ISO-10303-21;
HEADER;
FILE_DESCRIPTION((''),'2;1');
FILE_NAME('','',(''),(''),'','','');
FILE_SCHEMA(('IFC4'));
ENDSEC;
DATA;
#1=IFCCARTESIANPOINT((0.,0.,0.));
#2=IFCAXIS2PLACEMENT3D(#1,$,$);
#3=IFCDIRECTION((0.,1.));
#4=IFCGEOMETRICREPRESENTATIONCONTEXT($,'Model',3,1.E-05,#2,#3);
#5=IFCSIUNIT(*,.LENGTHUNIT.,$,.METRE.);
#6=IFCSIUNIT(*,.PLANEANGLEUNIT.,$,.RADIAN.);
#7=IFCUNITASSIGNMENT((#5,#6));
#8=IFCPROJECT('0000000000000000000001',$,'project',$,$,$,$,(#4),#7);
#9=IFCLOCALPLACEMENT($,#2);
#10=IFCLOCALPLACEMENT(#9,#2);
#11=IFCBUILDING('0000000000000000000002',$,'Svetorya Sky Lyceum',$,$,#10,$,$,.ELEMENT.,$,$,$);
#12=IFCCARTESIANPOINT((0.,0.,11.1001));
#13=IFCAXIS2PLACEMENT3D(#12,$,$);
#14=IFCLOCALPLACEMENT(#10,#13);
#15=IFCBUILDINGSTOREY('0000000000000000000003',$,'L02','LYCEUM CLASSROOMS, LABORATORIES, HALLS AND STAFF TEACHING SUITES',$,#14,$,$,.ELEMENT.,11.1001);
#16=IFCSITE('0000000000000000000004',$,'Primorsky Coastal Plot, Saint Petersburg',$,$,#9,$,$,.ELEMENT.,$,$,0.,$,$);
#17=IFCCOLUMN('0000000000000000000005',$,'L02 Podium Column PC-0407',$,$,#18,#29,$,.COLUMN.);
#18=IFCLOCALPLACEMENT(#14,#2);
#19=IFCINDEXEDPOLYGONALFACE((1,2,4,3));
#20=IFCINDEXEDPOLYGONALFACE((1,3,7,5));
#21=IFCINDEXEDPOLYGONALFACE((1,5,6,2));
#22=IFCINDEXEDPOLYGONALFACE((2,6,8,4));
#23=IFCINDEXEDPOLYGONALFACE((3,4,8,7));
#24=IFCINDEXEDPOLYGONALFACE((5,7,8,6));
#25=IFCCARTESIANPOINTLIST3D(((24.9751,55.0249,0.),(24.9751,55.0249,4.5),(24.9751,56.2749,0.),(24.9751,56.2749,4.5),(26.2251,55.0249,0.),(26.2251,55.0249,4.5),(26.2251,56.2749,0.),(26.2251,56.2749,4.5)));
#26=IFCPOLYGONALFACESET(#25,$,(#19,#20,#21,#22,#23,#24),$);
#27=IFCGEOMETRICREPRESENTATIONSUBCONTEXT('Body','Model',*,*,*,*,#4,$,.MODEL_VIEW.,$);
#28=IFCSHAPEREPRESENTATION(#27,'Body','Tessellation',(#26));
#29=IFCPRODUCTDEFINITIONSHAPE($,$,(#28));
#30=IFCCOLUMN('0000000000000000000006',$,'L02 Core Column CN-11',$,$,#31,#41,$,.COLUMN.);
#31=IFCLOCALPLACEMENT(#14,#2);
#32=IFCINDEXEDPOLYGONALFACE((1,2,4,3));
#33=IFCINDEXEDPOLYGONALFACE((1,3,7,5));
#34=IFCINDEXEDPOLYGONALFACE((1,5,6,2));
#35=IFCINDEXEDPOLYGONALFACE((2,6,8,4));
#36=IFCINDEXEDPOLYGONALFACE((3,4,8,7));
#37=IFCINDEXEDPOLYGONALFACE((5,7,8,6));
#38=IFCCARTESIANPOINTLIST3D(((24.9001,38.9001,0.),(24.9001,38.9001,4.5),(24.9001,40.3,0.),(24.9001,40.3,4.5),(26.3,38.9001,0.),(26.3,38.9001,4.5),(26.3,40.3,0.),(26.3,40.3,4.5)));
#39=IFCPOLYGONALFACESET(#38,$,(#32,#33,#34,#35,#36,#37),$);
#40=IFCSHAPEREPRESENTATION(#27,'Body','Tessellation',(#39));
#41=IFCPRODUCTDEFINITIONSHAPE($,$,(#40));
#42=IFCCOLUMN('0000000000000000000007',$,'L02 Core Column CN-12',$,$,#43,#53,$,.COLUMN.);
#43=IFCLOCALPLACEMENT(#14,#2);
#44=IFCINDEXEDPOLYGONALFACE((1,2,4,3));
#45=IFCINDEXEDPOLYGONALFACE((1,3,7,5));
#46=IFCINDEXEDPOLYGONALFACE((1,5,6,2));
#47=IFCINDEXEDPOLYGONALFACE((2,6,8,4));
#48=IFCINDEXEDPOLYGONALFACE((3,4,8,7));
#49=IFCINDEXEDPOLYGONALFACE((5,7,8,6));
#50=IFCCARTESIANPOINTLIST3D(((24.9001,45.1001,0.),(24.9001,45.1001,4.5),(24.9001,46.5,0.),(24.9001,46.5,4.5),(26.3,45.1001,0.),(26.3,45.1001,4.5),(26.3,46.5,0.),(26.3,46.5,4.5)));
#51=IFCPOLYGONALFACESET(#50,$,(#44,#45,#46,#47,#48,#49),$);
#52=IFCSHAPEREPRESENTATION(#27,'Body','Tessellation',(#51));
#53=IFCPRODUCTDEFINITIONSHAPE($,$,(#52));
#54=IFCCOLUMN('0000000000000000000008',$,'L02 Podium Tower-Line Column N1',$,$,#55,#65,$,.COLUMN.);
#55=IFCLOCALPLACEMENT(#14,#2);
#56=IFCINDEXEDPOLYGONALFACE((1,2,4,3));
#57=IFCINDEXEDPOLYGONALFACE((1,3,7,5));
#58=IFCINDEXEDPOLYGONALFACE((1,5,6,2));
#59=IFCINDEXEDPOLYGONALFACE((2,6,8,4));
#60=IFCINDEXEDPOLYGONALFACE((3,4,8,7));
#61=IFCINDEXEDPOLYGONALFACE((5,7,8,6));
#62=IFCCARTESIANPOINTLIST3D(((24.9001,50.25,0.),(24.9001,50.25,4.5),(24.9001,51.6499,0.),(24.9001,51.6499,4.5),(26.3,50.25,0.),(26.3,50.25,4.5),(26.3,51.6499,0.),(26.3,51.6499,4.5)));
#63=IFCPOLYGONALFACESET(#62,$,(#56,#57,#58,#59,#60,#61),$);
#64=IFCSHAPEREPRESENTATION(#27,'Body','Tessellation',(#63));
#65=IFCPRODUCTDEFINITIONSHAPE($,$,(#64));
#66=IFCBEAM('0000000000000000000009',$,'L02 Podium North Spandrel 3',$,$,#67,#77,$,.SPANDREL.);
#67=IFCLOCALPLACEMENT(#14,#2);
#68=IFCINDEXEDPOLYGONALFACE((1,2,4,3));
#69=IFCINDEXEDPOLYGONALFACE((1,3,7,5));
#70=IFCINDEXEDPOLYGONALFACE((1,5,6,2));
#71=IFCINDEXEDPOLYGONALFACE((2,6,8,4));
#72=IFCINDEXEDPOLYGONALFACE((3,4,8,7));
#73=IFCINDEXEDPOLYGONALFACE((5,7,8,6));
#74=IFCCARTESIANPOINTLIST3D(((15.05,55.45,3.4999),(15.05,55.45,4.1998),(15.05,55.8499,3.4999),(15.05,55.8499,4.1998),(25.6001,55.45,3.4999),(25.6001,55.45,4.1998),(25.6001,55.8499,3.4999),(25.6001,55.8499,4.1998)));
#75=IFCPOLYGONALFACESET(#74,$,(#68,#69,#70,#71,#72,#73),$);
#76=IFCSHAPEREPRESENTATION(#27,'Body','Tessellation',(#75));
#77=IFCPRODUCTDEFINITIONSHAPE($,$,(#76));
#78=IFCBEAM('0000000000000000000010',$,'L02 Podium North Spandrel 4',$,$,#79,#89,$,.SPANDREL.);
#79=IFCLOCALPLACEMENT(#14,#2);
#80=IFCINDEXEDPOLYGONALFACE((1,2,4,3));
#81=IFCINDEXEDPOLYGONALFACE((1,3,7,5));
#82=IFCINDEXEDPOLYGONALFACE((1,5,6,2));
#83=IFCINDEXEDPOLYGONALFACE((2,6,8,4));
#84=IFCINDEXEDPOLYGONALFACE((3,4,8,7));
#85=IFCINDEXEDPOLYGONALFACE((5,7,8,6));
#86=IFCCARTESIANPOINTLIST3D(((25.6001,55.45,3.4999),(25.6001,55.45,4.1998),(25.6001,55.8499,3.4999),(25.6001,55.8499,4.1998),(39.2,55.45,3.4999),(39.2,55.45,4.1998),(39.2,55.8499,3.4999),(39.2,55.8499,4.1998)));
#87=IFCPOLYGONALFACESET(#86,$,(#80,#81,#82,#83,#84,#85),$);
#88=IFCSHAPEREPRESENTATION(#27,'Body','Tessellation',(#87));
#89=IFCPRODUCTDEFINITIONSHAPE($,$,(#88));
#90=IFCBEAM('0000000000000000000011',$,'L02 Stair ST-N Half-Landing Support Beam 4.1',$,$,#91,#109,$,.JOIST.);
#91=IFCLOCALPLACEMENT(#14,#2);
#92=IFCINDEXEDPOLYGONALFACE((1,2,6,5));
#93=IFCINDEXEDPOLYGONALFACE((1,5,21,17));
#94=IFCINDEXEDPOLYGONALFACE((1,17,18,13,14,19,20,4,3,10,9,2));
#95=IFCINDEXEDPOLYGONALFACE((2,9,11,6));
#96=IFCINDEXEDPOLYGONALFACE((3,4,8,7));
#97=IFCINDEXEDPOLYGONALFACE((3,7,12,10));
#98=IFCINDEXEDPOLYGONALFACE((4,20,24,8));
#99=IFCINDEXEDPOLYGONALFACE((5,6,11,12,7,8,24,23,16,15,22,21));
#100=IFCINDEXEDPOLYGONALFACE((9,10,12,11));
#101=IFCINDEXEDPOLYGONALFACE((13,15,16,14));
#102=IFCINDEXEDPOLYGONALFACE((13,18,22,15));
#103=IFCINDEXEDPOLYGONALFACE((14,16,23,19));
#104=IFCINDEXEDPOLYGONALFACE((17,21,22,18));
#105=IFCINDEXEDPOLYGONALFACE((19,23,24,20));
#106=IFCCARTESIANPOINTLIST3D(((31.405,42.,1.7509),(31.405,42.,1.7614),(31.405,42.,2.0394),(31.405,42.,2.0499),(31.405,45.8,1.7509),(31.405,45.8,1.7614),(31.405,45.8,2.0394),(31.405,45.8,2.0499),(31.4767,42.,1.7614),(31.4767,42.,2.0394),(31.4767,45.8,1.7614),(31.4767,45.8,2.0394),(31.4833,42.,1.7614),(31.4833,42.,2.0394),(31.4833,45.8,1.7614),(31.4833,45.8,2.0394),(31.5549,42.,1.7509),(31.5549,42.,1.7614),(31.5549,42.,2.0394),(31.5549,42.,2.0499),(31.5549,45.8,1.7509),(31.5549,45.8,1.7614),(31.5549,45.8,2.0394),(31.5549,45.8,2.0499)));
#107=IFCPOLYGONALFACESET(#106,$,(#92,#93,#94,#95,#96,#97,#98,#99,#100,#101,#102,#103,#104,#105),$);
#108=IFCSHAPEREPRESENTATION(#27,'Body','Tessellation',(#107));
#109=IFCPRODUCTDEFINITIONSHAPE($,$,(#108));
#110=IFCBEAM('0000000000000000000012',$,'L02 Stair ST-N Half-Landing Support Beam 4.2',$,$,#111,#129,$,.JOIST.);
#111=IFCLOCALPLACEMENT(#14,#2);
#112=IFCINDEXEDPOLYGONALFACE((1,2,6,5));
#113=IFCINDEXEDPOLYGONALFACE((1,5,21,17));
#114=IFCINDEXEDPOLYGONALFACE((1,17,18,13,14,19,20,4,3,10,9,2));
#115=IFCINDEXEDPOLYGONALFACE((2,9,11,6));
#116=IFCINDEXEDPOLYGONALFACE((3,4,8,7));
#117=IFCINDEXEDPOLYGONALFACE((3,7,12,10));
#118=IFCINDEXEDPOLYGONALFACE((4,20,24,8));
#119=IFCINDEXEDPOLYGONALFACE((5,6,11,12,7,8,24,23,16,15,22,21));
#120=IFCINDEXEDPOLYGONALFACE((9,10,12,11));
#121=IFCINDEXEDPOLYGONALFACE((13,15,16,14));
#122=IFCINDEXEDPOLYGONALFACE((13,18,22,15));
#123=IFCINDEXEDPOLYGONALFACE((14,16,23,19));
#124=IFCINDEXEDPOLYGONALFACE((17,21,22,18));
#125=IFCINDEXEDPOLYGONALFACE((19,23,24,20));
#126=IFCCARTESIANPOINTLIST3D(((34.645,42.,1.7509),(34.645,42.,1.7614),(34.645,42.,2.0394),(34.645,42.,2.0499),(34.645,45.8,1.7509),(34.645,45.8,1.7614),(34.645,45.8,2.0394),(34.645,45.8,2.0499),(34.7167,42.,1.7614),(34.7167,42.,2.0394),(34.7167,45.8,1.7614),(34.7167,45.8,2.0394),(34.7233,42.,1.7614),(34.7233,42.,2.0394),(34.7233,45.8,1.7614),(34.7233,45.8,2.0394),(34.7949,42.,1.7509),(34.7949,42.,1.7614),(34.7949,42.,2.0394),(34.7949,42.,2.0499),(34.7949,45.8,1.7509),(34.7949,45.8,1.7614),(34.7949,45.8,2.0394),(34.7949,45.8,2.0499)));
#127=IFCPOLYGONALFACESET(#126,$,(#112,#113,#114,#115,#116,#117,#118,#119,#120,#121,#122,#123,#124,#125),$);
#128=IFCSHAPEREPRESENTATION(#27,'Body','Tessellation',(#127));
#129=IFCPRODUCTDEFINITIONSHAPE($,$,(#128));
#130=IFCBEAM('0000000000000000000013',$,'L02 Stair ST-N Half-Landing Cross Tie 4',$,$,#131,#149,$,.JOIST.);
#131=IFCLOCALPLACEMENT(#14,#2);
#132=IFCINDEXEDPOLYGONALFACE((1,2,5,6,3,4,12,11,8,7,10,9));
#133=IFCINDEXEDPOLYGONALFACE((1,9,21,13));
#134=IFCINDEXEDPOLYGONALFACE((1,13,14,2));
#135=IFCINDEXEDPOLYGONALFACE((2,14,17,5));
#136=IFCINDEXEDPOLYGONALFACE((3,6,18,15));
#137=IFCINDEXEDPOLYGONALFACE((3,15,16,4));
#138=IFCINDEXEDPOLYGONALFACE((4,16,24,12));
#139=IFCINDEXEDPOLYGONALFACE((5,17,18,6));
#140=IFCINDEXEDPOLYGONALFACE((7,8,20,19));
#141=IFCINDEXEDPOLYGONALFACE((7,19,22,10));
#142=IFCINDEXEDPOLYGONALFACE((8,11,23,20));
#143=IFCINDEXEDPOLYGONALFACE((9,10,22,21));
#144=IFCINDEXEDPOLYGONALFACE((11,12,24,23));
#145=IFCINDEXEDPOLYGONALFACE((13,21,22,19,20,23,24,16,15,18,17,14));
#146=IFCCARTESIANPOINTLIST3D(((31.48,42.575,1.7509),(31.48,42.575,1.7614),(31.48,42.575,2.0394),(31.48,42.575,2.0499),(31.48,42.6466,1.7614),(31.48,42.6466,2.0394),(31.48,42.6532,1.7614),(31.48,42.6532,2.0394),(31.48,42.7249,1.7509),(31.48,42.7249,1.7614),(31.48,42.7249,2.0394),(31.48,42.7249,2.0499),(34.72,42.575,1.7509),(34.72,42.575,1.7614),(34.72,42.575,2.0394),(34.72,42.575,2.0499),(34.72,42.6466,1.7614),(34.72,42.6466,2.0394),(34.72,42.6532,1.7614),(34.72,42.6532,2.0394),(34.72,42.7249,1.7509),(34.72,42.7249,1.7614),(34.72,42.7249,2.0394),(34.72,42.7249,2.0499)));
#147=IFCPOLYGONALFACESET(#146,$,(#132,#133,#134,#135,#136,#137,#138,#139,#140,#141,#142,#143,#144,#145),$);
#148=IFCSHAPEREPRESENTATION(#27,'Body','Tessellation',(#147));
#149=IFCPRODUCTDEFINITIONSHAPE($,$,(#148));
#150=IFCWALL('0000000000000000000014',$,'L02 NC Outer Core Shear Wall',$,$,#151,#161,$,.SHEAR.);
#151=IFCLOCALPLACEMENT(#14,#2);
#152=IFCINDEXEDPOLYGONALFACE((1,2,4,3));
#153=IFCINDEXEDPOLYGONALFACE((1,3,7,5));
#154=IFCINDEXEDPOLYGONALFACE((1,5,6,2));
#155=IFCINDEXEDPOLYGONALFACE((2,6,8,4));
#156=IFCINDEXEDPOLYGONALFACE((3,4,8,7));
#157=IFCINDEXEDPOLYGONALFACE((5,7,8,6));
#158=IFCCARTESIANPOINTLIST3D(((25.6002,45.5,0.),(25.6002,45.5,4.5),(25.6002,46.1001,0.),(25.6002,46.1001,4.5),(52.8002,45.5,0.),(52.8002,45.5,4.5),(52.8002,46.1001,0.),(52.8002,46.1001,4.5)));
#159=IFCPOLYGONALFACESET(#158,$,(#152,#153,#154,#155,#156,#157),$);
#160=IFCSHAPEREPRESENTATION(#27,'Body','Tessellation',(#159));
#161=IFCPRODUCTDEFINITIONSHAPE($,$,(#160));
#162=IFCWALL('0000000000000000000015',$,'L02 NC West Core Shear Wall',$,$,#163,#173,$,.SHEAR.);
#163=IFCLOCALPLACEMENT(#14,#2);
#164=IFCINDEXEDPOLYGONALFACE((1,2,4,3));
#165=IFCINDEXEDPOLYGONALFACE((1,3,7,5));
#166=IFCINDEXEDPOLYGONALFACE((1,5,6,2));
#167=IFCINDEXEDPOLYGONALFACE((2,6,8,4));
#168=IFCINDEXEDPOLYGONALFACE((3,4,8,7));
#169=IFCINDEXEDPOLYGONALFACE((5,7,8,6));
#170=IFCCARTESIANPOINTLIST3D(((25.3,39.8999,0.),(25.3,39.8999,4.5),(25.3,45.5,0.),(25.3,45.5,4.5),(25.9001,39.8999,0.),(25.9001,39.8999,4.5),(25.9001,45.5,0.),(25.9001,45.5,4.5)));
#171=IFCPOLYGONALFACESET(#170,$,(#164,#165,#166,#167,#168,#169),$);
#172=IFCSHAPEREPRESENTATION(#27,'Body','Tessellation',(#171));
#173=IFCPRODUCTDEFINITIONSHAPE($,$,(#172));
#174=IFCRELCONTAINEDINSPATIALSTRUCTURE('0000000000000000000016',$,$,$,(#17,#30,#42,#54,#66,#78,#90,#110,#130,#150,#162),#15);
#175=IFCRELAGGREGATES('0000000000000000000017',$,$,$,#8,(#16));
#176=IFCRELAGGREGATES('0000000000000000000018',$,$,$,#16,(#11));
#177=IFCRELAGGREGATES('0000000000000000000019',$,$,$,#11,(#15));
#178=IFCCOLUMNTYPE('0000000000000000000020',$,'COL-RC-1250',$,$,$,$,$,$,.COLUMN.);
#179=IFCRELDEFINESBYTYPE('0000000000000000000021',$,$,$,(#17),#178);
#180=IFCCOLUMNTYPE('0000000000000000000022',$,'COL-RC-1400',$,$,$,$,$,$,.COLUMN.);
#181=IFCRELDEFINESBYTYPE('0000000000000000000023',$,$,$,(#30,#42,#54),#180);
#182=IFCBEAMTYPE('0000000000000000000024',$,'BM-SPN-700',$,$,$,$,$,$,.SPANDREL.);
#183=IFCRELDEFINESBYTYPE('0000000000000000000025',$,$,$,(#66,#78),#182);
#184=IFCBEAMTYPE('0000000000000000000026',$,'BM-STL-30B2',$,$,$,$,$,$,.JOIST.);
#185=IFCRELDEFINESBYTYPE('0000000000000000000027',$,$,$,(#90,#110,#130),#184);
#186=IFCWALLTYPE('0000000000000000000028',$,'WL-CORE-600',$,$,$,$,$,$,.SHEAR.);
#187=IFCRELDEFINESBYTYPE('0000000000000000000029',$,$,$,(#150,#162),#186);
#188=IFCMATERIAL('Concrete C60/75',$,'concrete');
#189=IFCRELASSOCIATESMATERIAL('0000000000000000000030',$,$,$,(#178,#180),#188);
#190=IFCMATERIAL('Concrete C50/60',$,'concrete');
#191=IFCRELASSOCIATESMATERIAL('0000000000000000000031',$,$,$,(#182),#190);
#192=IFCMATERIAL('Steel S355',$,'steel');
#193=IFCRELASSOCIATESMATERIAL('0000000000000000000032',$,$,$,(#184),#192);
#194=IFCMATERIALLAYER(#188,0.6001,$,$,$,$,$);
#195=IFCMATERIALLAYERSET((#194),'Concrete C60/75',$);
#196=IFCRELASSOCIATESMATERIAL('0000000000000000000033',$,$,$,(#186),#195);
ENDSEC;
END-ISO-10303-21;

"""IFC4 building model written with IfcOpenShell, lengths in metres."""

from ifc_helpers import new_model, si_unit, direction, frame, frame_2d, origin, origin_2d, place, context, subcontext, project, spatial, rectangle, i_section, extrude, material, layer, layer_set, material_profile, profile_set, type_object, element, save


model = new_model("IFC4")

# Units and contexts
model_context = context("Model", 3, precision=1e-05, world=origin(), true_north=direction((0.0, 1.0)))
body_context = subcontext(model_context, "Body", "Model", "MODEL_VIEW")
ifc_project = project(units=[si_unit("LENGTHUNIT", "METRE"), si_unit("PLANEANGLEUNIT", "RADIAN")], contexts=[model_context])

# Site, building, storey
site_placement = place(None, origin())
site = spatial("IfcSite", under=ifc_project, at=site_placement, Name="Primorsky Coastal Plot, Saint Petersburg", CompositionType="ELEMENT", RefElevation=0.0)
building_placement = place(site_placement, origin())
building = spatial("IfcBuilding", under=site, at=building_placement, Name="Svetorya Sky Lyceum", CompositionType="ELEMENT")
storey_placement = place(building_placement, frame((0.0, 0.0, 11.1001)))
storey = spatial("IfcBuildingStorey", under=building, at=storey_placement, Name="L02", Description="LYCEUM CLASSROOMS, LABORATORIES, HALLS AND STAFF TEACHING SUITES", CompositionType="ELEMENT", Elevation=11.1001)

# Columns
ifc_material_1 = material(Name="Concrete C60/75", Category="concrete")
ifc_material_profile_1 = material_profile(ifc_material_1, rectangle(XDim=1.25, YDim=1.25, at=origin_2d()), Name="RC COL 1250x1250")
ifc_profile_set_1 = profile_set([ifc_material_profile_1], Name="Concrete C60/75")
column_type_1 = type_object("IfcColumnType", Name="COL-RC-1250", PredefinedType="COLUMN", material=ifc_profile_set_1)
column_placement = place(storey_placement, frame((25.6001, 55.6499, 0.0), z_axis=(0.0, 0.0, 1.0), x_axis=(1.0, 0.0, 0.0)))
element("IfcColumn", 1, at=column_placement, inside=storey, type_object=column_type_1, Name="L02 Podium Column PC-0407", PredefinedType="COLUMN", context=body_context, shape_type="SweptSolid", body=[
    extrude(rectangle(XDim=1.25, YDim=1.25, at=origin_2d()), origin(), (0.0, 0.0, 1.0), 4.5),
])
ifc_material_profile_2 = material_profile(ifc_material_1, rectangle(XDim=1.3999, YDim=1.3999, at=origin_2d()), Name="RC COL 1400x1400")
ifc_profile_set_2 = profile_set([ifc_material_profile_2], Name="Concrete C60/75")
column_type_2 = type_object("IfcColumnType", Name="COL-RC-1400", PredefinedType="COLUMN", material=ifc_profile_set_2)
for number, where, z_axis, x_axis, name in (
    (2, (25.6001, 39.6001, 0.0), (0.0, 0.0, 1.0), (1.0, 0.0, 0.0), "L02 Core Column CN-11"),
    (3, (25.6001, 45.8, 0.0), (0.0, 0.0, 1.0), (1.0, 0.0, 0.0), "L02 Core Column CN-12"),
    (4, (25.6001, 50.95, 0.0), (0.0, 0.0, 1.0), (1.0, 0.0, 0.0), "L02 Podium Tower-Line Column N1"),
):
    element("IfcColumn", number, at=place(storey_placement, frame(where, z_axis=z_axis, x_axis=x_axis)), inside=storey, type_object=column_type_2, Name=name, PredefinedType="COLUMN", context=body_context, shape_type="SweptSolid", body=[
        extrude(rectangle(XDim=1.3999, YDim=1.3999, at=origin_2d()), origin(), (0.0, 0.0, 1.0), 4.5),
    ])

# Beams
ifc_material_2 = material(Name="Concrete C50/60", Category="concrete")
ifc_material_profile_3 = material_profile(ifc_material_2, rectangle(XDim=0.3999, YDim=0.7, at=origin_2d()), Name="RC SPANDREL 400x700")
ifc_profile_set_3 = profile_set([ifc_material_profile_3], Name="Concrete C50/60")
beam_type_1 = type_object("IfcBeamType", Name="BM-SPN-700", PredefinedType="SPANDREL", material=ifc_profile_set_3)
beam_1_placement = place(storey_placement, frame((15.05, 55.6499, 3.8499), z_axis=(1.0, 0.0, 0.0), x_axis=(0.0, 1.0, 0.0)))
element("IfcBeam", 5, at=beam_1_placement, inside=storey, type_object=beam_type_1, Name="L02 Podium North Spandrel 3", PredefinedType="SPANDREL", context=body_context, shape_type="SweptSolid", body=[
    extrude(rectangle(XDim=0.3999, YDim=0.7, at=origin_2d()), origin(), (0.0, 0.0, 1.0), 10.55),
])
beam_2_placement = place(storey_placement, frame((25.6001, 55.6499, 3.8499), z_axis=(1.0, 0.0, 0.0), x_axis=(0.0, 1.0, 0.0)))
element("IfcBeam", 6, at=beam_2_placement, inside=storey, type_object=beam_type_1, Name="L02 Podium North Spandrel 4", PredefinedType="SPANDREL", context=body_context, shape_type="SweptSolid", body=[
    extrude(rectangle(XDim=0.3999, YDim=0.7, at=origin_2d()), origin(), (0.0, 0.0, 1.0), 13.5999),
])
ifc_material_3 = material(Name="Steel S355", Category="steel")
ifc_material_profile_4 = material_profile(ifc_material_3, i_section(OverallWidth=0.1499, OverallDepth=0.2991, WebThickness=0.0066, FlangeThickness=0.0105, at=origin_2d()), Name="GOST 30B2")
ifc_profile_set_4 = profile_set([ifc_material_profile_4], Name="Steel S355")
beam_type_2 = type_object("IfcBeamType", Name="BM-STL-30B2", PredefinedType="JOIST", material=ifc_profile_set_4)
for number, where, z_axis, x_axis, name in (
    (7, (31.48, 42.0, 1.9004), (0.0, 1.0, 0.0), (-1.0, 0.0, 0.0), "L02 Stair ST-N Half-Landing Support Beam 4.1"),
    (8, (34.72, 42.0, 1.9004), (0.0, 1.0, 0.0), (-1.0, 0.0, 0.0), "L02 Stair ST-N Half-Landing Support Beam 4.2"),
):
    element("IfcBeam", number, at=place(storey_placement, frame(where, z_axis=z_axis, x_axis=x_axis)), inside=storey, type_object=beam_type_2, Name=name, PredefinedType="JOIST", context=body_context, shape_type="SweptSolid", body=[
        extrude(i_section(OverallWidth=0.1499, OverallDepth=0.2991, WebThickness=0.0066, FlangeThickness=0.0105, at=origin_2d()), origin(), (0.0, 0.0, 1.0), 3.8),
    ])
beam_3_placement = place(storey_placement, frame((31.48, 42.6499, 1.9004), z_axis=(1.0, 0.0, 0.0), x_axis=(0.0, 1.0, 0.0)))
element("IfcBeam", 9, at=beam_3_placement, inside=storey, type_object=beam_type_2, Name="L02 Stair ST-N Half-Landing Cross Tie 4", PredefinedType="JOIST", context=body_context, shape_type="SweptSolid", body=[
    extrude(i_section(OverallWidth=0.1499, OverallDepth=0.2991, WebThickness=0.0066, FlangeThickness=0.0105, at=origin_2d()), origin(), (0.0, 0.0, 1.0), 3.24),
])

# Walls
ifc_layer_1 = layer(ifc_material_1, 0.6001)
ifc_layer_set_1 = layer_set([ifc_layer_1], Name="Concrete C60/75")
wall_type_1 = type_object("IfcWallType", Name="WL-CORE-600", PredefinedType="SHEAR", material=ifc_layer_set_1)
wall_1_placement = place(storey_placement, frame((25.6001, 45.8, 0.0), z_axis=(0.0, 0.0, 1.0), x_axis=(1.0, 0.0, 0.0)))
element("IfcWall", 10, at=wall_1_placement, inside=storey, type_object=wall_type_1, Name="L02 NC Outer Core Shear Wall", PredefinedType="SHEAR", context=body_context, shape_type="SweptSolid", body=[
    extrude(rectangle(XDim=27.2, YDim=0.6001, at=frame_2d((13.6001, 0.0))), origin(), (0.0, 0.0, 1.0), 4.5),
])
wall_2_placement = place(storey_placement, frame((25.6001, 39.8999, 0.0), z_axis=(0.0, 0.0, 1.0), x_axis=(0.0, 1.0, 0.0)))
element("IfcWall", 11, at=wall_2_placement, inside=storey, type_object=wall_type_1, Name="L02 NC West Core Shear Wall", PredefinedType="SHEAR", context=body_context, shape_type="SweptSolid", body=[
    extrude(rectangle(XDim=5.6001, YDim=0.6001, at=frame_2d((2.8, 0.0))), origin(), (0.0, 0.0, 1.0), 4.5),
])

save(model, "model.ifc")
